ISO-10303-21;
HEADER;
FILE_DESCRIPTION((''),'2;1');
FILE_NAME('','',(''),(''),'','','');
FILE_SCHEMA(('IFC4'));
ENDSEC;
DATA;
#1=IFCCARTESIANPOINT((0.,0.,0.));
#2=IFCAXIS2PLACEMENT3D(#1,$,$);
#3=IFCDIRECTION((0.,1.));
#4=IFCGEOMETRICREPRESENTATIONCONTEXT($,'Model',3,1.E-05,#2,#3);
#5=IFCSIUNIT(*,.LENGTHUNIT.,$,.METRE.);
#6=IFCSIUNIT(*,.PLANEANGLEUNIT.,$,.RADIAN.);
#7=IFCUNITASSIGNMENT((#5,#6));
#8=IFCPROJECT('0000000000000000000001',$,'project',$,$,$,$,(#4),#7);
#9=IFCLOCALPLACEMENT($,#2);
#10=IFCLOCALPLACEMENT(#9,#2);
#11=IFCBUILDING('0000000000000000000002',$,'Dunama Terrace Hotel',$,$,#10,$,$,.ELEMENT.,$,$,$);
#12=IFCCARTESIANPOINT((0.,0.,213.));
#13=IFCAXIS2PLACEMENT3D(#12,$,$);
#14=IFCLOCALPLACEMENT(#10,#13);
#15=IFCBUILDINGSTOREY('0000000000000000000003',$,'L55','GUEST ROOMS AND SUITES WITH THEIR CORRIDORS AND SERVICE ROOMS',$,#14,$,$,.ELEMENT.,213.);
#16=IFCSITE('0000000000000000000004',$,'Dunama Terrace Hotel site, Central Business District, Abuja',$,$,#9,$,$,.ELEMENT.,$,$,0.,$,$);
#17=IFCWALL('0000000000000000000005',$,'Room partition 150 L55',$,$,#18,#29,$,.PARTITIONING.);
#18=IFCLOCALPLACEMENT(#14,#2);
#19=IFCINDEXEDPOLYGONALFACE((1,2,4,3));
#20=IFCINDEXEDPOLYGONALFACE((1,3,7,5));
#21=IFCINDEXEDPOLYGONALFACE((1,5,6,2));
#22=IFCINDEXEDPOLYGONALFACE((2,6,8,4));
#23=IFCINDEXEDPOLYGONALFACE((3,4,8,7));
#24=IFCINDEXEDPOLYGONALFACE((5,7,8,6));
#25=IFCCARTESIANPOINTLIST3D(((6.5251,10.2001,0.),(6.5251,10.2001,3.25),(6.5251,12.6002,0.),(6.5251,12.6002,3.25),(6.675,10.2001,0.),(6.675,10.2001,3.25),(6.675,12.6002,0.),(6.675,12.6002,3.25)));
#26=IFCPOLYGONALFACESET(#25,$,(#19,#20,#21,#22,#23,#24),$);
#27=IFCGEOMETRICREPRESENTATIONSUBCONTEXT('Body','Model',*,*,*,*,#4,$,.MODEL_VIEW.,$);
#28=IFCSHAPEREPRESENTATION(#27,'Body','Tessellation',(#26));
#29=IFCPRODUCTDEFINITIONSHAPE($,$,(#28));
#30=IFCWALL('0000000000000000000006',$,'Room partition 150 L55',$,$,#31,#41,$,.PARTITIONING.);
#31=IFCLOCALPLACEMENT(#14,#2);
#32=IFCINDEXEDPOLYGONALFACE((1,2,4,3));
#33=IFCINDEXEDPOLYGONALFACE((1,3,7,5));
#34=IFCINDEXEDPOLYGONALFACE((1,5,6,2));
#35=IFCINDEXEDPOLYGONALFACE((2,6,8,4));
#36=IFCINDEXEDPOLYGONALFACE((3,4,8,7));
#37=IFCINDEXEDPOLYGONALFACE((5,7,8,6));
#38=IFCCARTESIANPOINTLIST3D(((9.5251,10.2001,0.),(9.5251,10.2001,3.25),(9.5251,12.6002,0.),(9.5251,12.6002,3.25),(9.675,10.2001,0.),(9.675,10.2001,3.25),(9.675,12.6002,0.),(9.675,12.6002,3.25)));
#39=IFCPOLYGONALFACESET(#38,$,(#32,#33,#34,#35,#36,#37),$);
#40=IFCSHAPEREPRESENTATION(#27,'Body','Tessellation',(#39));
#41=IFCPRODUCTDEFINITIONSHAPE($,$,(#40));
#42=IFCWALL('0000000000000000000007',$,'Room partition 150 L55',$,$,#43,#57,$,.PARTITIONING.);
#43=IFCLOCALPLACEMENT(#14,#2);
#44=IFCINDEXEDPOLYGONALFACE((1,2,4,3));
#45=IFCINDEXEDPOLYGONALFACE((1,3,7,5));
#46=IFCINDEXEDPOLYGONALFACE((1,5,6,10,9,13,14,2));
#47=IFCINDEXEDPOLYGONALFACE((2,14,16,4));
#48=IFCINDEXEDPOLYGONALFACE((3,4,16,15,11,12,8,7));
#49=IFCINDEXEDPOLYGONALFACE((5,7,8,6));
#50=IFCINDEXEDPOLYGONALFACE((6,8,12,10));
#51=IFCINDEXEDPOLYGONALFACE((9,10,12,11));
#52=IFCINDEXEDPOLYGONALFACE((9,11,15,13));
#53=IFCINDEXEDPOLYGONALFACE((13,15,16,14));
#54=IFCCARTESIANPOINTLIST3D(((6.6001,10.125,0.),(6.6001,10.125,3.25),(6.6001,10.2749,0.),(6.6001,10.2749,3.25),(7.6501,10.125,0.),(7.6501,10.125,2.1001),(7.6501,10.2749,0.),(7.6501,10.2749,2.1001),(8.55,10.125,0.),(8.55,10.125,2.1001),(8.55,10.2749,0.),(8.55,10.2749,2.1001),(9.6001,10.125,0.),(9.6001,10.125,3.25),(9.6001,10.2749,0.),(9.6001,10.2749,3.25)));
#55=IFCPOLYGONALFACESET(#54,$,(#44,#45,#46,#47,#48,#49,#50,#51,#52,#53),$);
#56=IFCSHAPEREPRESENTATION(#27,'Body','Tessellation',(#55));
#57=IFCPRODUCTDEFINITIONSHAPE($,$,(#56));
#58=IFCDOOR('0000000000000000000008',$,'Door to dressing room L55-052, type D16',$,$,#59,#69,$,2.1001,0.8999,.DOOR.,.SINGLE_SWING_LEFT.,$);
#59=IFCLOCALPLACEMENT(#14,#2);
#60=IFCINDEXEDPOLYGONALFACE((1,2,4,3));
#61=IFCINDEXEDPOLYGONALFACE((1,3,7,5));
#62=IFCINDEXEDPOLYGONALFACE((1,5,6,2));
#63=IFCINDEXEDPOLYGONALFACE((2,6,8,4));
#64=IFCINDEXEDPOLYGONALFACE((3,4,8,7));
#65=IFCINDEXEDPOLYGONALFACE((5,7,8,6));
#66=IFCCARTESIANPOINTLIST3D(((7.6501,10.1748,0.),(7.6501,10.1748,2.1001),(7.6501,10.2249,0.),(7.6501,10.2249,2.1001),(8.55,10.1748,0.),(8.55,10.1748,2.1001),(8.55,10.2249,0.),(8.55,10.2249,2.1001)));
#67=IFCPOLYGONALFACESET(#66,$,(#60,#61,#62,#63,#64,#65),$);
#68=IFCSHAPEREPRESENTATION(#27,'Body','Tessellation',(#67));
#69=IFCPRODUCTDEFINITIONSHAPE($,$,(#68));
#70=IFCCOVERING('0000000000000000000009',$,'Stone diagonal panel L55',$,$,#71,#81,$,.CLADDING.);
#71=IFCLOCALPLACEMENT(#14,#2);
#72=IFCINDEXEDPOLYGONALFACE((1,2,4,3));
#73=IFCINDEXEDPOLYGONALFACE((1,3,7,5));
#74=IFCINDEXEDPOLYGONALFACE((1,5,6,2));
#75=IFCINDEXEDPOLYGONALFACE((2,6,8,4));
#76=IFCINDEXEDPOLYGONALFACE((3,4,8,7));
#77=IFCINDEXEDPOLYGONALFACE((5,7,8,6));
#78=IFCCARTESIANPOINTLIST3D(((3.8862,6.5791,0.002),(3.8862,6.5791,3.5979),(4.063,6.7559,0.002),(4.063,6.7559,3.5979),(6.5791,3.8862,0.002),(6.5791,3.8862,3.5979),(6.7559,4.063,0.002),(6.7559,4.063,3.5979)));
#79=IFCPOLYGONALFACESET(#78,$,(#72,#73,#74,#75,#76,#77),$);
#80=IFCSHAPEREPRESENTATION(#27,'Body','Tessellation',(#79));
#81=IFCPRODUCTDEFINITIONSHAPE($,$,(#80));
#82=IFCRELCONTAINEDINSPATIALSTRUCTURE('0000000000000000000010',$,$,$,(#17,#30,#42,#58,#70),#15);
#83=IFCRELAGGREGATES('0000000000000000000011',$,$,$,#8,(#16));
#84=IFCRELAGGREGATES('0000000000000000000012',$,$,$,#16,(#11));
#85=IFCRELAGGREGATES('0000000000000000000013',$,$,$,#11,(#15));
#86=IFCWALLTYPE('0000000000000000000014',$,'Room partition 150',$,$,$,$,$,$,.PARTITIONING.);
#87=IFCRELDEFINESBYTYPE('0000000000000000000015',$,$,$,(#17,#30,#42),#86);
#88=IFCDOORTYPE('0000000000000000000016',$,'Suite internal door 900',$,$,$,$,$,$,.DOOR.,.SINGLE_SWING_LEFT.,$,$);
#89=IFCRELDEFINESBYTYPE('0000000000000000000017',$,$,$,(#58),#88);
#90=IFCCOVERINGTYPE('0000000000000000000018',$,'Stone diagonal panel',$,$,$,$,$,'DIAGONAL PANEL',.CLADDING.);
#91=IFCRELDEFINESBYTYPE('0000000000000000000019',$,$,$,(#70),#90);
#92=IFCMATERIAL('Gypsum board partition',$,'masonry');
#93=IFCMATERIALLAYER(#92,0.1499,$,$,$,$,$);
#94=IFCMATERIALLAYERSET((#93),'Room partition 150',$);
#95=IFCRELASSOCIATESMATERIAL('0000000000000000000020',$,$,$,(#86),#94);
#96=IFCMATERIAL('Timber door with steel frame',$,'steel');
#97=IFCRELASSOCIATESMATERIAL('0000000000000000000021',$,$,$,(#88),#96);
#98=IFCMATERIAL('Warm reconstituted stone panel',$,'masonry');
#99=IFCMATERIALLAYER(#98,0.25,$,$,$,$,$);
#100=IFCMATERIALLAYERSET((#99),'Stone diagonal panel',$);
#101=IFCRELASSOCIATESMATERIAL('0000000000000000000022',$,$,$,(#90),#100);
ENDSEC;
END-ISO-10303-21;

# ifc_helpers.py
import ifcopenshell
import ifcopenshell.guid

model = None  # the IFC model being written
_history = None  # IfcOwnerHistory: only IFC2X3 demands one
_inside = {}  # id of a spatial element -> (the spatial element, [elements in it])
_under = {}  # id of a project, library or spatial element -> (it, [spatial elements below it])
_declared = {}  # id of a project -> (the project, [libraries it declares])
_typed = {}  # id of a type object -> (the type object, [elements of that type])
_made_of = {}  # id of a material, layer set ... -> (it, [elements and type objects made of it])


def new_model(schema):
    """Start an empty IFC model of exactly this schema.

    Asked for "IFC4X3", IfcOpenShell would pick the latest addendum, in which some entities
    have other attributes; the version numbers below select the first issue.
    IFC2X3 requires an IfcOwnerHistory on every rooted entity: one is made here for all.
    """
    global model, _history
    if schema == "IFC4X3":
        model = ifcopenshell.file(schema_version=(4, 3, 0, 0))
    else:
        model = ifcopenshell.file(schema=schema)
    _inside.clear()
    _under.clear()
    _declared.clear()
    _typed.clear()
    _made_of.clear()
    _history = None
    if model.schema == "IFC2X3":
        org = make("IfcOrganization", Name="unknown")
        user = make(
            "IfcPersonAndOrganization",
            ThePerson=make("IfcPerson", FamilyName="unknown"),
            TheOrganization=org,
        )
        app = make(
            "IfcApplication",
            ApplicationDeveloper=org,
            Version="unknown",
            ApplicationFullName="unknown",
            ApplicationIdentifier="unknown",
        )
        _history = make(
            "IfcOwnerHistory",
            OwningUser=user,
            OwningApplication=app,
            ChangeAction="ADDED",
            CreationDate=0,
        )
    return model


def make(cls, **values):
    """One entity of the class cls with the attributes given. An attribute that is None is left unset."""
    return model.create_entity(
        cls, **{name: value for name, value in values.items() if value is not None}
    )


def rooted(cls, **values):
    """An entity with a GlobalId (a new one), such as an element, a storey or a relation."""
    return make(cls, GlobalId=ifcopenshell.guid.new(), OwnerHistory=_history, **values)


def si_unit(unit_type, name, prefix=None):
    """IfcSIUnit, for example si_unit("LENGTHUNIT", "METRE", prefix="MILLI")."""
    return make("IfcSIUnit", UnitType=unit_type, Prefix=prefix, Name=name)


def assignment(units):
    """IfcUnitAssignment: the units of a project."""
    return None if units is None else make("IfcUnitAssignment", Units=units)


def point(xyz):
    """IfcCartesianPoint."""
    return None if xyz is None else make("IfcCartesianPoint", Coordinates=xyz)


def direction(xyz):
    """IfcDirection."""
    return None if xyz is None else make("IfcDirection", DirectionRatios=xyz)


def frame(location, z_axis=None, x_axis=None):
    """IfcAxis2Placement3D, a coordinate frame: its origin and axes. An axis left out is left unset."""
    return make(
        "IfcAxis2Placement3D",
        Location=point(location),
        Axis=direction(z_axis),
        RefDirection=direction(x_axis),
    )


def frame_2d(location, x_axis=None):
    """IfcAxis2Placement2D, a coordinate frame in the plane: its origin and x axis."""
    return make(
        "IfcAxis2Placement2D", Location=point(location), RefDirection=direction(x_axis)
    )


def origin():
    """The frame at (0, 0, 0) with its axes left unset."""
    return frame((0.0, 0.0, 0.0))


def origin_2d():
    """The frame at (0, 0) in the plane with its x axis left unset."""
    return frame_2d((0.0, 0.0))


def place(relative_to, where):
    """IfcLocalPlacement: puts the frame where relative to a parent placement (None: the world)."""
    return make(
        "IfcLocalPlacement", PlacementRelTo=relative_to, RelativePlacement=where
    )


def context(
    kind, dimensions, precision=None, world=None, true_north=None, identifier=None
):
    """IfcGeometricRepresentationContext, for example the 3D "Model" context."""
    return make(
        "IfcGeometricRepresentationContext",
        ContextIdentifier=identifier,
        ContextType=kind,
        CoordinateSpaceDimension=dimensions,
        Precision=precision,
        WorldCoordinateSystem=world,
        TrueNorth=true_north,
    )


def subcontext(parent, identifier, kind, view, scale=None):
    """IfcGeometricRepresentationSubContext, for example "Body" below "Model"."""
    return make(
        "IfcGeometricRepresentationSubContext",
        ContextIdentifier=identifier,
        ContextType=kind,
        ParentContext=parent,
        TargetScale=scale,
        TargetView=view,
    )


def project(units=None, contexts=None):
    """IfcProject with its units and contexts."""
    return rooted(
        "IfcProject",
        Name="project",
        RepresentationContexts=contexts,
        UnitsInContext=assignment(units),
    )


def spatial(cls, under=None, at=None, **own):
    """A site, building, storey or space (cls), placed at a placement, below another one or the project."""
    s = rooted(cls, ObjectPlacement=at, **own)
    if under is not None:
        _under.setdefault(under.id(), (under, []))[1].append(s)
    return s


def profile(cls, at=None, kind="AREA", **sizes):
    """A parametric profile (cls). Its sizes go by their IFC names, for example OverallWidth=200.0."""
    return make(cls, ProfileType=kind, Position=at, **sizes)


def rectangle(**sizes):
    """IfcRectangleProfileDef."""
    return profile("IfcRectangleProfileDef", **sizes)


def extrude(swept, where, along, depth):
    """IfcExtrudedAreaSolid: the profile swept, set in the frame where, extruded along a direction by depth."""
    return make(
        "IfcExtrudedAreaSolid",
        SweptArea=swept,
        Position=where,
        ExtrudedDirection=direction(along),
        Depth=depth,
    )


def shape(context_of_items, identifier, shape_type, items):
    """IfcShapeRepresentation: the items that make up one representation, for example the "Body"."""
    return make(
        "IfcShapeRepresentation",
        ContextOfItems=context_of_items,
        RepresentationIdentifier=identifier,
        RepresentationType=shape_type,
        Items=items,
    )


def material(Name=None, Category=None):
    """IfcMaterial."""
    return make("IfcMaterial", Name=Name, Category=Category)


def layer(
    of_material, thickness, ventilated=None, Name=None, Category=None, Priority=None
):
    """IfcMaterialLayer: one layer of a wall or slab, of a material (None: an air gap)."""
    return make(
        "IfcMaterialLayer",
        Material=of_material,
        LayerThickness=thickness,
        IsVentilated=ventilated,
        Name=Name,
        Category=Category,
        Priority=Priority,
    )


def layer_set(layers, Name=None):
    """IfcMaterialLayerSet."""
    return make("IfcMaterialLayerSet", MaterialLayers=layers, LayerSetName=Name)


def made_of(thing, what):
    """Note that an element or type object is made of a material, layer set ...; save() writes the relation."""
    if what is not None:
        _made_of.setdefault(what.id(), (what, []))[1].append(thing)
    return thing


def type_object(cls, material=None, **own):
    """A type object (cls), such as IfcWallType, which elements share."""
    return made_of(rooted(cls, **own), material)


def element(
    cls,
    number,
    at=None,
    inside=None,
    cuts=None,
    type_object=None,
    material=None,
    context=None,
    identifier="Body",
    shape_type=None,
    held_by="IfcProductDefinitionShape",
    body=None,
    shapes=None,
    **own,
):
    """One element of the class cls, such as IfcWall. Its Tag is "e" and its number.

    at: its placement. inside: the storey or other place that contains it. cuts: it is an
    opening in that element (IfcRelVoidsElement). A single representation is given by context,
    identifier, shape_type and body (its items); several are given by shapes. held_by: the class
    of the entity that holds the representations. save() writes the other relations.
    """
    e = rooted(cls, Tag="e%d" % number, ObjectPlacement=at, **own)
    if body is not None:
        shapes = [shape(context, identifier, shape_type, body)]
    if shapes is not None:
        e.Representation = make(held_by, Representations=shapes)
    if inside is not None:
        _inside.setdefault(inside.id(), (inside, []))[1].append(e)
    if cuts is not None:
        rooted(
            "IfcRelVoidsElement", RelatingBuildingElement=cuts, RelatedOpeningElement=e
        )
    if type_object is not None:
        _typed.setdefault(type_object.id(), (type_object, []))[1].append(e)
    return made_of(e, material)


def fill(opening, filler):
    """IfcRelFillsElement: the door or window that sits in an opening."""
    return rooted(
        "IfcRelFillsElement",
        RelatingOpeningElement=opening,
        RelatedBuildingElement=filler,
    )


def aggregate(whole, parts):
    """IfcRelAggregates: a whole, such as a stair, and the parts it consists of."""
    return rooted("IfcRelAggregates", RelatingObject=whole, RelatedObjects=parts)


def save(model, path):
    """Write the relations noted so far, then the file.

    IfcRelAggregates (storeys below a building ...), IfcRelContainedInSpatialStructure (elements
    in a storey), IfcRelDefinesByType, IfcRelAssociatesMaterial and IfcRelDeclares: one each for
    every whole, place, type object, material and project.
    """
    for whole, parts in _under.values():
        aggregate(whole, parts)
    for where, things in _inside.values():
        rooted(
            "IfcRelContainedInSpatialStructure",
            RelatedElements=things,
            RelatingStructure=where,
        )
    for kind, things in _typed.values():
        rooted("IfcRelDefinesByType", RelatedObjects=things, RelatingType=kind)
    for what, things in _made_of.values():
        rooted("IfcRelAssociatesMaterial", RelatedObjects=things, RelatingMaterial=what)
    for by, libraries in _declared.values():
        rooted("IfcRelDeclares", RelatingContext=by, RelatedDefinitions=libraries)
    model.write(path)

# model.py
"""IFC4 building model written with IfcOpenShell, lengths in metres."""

from ifc_helpers import new_model, si_unit, direction, frame, frame_2d, origin, origin_2d, place, context, subcontext, project, spatial, rectangle, extrude, material, layer, layer_set, type_object, element, fill, save


model = new_model("IFC4")

# Units and contexts
model_context = context("Model", 3, precision=1e-05, world=origin(), true_north=direction((0.0, 1.0)))
body_context = subcontext(model_context, "Body", "Model", "MODEL_VIEW")
ifc_project = project(units=[si_unit("LENGTHUNIT", "METRE"), si_unit("PLANEANGLEUNIT", "RADIAN")], contexts=[model_context])

# Site, building, storey
site_placement = place(None, origin())
site = spatial("IfcSite", under=ifc_project, at=site_placement, Name="Dunama Terrace Hotel site, Central Business District, Abuja", CompositionType="ELEMENT", RefElevation=0.0)
building_placement = place(site_placement, origin())
building = spatial("IfcBuilding", under=site, at=building_placement, Name="Dunama Terrace Hotel", CompositionType="ELEMENT")
storey_placement = place(building_placement, frame((0.0, 0.0, 213.0)))
storey = spatial("IfcBuildingStorey", under=building, at=storey_placement, Name="L55", Description="GUEST ROOMS AND SUITES WITH THEIR CORRIDORS AND SERVICE ROOMS", CompositionType="ELEMENT", Elevation=213.0)

# Walls
ifc_material_1 = material(Name="Gypsum board partition", Category="masonry")
ifc_layer_1 = layer(ifc_material_1, 0.1499)
ifc_layer_set_1 = layer_set([ifc_layer_1], Name="Room partition 150")
wall_type_1 = type_object("IfcWallType", Name="Room partition 150", PredefinedType="PARTITIONING", material=ifc_layer_set_1)
for number, where, z_axis, x_axis, name in (
    (1, (6.6001, 10.2, 0.0), (0.0, 0.0, 1.0), (0.0, 1.0, 0.0), "Room partition 150 L55"),
    (2, (9.6001, 10.2, 0.0), (0.0, 0.0, 1.0), (0.0, 1.0, 0.0), "Room partition 150 L55"),
):
    element("IfcWall", number, at=place(storey_placement, frame(where, z_axis=z_axis, x_axis=x_axis)), inside=storey, type_object=wall_type_1, Name=name, PredefinedType="PARTITIONING", context=body_context, shape_type="SweptSolid", body=[
        extrude(rectangle(XDim=2.4001, YDim=0.1499, at=frame_2d((1.2002, 0.0))), origin(), (0.0, 0.0, 1.0), 3.25),
    ])

# Wall, opening, door
wall_1_placement = place(storey_placement, frame((6.6001, 10.2, 0.0), z_axis=(0.0, 0.0, 1.0), x_axis=(1.0, 0.0, 0.0)))
wall_1 = element("IfcWall", 3, at=wall_1_placement, inside=storey, type_object=wall_type_1, Name="Room partition 150 L55", PredefinedType="PARTITIONING", context=body_context, shape_type="SweptSolid", body=[
    extrude(rectangle(XDim=3.0, YDim=0.1499, at=frame_2d((1.5, 0.0))), origin(), (0.0, 0.0, 1.0), 3.25),
])
opening_1_placement = place(wall_1_placement, frame((1.05, 0.0, 0.0)))
opening_1 = element("IfcOpeningElement", 4, at=opening_1_placement, cuts=wall_1, PredefinedType="OPENING", context=body_context, shape_type="SweptSolid", body=[
    extrude(rectangle(XDim=0.8999, YDim=2.1001, at=frame_2d((0.45, 1.05))), frame((0.0, 0.085, 0.0), z_axis=(0.0, -1.0, 0.0), x_axis=(1.0, 0.0, 0.0)), (0.0, 0.0, 1.0), 0.1699),
])
ifc_material_2 = material(Name="Timber door with steel frame", Category="steel")
door_type_1 = type_object("IfcDoorType", Name="Suite internal door 900", OperationType="SINGLE_SWING_LEFT", PredefinedType="DOOR", material=ifc_material_2)
door_1_placement = place(opening_1_placement, origin())
door_1 = element("IfcDoor", 5, at=door_1_placement, inside=storey, type_object=door_type_1, Name="Door to dressing room L55-052, type D16", OperationType="SINGLE_SWING_LEFT", OverallHeight=2.1001, OverallWidth=0.8999, PredefinedType="DOOR", context=body_context, shape_type="SweptSolid", body=[
    extrude(rectangle(XDim=0.8999, YDim=2.1001, at=frame_2d((0.45, 1.05))), frame((0.0, 0.0249, 0.0), z_axis=(0.0, -1.0, 0.0), x_axis=(1.0, 0.0, 0.0)), (0.0, 0.0, 1.0), 0.05),
])
fill(opening_1, door_1)

# Covering
ifc_material_3 = material(Name="Warm reconstituted stone panel", Category="masonry")
ifc_layer_2 = layer(ifc_material_3, 0.25)
ifc_layer_set_2 = layer_set([ifc_layer_2], Name="Stone diagonal panel")
covering_type = type_object("IfcCoveringType", Name="Stone diagonal panel", ElementType="DIAGONAL PANEL", PredefinedType="CLADDING", material=ifc_layer_set_2)
covering_placement = place(storey_placement, frame((5.321, 5.321, 0.002), z_axis=(0.0, 0.0, 1.0), x_axis=(0.707107, -0.707107, 0.0)))
element("IfcCovering", 6, at=covering_placement, inside=storey, type_object=covering_type, Name="Stone diagonal panel L55", PredefinedType="CLADDING", context=body_context, shape_type="SweptSolid", body=[
    extrude(rectangle(XDim=3.8083, YDim=0.25, at=origin_2d()), origin(), (0.0, 0.0, 1.0), 3.5959),
])

save(model, "model.ifc")
